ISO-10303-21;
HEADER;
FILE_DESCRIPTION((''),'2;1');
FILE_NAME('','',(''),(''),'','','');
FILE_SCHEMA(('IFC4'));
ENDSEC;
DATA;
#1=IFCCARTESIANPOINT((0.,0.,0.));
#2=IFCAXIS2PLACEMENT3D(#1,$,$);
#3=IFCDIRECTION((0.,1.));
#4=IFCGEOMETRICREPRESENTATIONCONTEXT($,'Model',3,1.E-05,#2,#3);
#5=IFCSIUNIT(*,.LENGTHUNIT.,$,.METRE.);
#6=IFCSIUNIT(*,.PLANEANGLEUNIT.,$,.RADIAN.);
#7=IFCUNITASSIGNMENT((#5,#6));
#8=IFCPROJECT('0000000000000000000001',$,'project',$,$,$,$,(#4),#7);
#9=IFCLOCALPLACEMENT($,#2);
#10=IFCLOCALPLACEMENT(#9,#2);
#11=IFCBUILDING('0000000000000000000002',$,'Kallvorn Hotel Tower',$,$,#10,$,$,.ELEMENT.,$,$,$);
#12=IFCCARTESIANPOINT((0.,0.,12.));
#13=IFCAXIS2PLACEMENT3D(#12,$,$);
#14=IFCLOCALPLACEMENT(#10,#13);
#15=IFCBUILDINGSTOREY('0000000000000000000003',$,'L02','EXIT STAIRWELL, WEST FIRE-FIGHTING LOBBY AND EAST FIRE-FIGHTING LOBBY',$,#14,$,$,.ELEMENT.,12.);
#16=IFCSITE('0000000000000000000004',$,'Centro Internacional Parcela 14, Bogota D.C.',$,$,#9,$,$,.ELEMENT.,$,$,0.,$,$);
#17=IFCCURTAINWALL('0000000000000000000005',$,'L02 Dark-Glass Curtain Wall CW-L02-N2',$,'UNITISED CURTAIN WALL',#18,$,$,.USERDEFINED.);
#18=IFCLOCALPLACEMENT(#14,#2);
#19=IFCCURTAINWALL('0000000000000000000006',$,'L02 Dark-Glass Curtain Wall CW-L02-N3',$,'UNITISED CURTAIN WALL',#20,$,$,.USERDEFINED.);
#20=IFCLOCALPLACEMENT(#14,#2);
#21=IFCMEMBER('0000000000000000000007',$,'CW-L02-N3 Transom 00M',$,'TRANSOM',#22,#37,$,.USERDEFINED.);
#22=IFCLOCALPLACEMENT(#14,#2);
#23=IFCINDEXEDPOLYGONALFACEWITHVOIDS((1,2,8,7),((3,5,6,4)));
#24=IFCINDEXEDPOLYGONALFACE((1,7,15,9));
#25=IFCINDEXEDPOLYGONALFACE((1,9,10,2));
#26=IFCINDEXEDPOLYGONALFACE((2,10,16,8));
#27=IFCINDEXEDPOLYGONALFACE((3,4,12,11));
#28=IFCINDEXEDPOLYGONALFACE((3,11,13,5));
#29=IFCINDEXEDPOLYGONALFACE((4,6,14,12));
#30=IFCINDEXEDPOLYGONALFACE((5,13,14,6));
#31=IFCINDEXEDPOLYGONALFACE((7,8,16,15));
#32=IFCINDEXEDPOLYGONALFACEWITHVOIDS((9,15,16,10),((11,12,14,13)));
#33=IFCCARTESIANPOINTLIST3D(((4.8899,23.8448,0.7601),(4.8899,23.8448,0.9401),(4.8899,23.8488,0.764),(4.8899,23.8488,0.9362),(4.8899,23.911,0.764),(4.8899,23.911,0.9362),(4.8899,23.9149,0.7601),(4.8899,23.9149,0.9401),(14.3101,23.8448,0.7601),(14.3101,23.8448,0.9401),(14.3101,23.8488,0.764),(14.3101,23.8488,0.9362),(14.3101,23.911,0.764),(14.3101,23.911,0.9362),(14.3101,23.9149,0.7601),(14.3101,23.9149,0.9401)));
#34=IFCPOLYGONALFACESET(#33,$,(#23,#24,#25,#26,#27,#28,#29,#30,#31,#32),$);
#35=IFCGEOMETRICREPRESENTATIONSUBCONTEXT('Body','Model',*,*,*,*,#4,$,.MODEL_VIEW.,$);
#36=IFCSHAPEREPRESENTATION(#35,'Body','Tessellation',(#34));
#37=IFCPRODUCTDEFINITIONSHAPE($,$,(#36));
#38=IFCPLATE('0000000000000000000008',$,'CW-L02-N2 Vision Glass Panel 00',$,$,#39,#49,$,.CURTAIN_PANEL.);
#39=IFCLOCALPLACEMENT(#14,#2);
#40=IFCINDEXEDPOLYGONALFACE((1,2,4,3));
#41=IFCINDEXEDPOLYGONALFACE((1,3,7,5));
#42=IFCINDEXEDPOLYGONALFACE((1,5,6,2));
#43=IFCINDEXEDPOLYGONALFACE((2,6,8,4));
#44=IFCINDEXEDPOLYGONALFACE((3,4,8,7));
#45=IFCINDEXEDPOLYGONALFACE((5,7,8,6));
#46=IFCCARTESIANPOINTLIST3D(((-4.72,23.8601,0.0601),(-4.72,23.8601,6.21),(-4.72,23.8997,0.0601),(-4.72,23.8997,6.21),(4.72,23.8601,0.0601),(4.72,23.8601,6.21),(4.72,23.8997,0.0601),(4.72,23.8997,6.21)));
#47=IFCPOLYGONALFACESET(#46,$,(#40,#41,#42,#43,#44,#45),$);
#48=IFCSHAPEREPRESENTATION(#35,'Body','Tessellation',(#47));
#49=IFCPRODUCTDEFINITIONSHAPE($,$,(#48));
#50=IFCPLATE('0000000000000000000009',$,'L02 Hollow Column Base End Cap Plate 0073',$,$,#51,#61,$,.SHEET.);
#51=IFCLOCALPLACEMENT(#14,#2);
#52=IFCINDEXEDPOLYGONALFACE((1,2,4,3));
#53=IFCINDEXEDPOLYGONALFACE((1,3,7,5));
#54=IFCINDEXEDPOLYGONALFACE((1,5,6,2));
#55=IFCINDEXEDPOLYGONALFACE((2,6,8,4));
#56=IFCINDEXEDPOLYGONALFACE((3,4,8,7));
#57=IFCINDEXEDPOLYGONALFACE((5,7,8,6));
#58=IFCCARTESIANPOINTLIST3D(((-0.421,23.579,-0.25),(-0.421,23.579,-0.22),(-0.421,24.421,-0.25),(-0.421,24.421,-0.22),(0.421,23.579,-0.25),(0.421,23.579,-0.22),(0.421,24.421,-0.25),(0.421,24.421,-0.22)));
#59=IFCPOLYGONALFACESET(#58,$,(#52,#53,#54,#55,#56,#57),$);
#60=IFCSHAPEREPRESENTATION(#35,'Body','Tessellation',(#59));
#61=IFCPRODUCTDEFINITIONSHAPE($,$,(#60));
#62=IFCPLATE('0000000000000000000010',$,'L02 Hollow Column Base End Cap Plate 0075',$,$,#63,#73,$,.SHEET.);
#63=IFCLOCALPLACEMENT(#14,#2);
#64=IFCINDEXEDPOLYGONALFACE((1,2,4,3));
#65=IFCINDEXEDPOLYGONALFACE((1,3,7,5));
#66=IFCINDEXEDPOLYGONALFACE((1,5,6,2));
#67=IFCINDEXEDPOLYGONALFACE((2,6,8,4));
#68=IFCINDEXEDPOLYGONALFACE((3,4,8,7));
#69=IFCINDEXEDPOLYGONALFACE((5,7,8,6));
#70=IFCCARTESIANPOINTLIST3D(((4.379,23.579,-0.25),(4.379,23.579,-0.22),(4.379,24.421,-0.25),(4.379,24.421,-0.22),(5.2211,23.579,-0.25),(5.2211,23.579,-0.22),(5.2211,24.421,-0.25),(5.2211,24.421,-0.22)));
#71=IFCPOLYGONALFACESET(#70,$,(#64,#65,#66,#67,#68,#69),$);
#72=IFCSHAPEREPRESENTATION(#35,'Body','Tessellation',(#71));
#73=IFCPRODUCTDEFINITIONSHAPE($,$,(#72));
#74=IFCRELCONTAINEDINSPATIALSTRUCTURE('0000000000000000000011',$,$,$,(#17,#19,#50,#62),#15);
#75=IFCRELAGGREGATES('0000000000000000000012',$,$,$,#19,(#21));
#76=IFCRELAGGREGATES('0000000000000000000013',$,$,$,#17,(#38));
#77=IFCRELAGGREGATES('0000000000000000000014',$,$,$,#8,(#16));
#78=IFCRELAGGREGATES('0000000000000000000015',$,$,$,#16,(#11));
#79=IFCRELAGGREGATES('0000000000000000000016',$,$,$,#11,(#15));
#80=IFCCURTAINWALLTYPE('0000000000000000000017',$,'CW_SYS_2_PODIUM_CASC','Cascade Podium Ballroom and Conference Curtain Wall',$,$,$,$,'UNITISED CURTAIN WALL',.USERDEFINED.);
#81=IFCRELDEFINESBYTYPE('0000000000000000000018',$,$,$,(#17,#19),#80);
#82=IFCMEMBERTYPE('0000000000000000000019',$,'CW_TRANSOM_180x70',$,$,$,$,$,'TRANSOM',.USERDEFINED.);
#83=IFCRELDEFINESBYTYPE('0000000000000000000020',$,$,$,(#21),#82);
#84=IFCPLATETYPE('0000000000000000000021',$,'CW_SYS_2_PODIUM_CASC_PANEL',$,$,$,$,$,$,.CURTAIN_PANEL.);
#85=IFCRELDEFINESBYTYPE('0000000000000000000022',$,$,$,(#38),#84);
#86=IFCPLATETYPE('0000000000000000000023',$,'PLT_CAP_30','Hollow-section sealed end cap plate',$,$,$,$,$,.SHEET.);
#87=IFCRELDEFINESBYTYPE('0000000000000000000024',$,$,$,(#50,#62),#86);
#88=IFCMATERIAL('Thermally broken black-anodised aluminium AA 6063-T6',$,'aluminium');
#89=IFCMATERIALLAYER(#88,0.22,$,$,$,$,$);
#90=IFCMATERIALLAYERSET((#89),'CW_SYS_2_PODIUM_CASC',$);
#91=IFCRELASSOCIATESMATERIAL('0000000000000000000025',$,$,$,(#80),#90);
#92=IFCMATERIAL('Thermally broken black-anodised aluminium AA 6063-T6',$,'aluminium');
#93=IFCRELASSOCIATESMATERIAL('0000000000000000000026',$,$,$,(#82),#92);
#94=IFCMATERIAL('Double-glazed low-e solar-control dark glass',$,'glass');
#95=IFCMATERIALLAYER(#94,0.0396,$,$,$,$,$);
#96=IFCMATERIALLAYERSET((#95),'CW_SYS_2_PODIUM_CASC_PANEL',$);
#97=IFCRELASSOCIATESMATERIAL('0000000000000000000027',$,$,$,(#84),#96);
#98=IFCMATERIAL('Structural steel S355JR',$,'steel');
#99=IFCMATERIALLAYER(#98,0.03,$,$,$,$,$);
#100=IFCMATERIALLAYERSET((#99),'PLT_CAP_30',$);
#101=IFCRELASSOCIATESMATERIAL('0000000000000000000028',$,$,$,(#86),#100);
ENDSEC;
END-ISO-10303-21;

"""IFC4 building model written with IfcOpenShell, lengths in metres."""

from ifc_helpers import new_model, si_unit, direction, frame, origin, origin_2d, place, context, subcontext, project, spatial, rectangle, hollow_rectangle, extrude, material, layer, layer_set, material_profile, profile_set, type_object, element, aggregate, save


model = new_model("IFC4")

# Units and contexts
model_context = context("Model", 3, precision=1e-05, world=origin(), true_north=direction((0.0, 1.0)))
body_context = subcontext(model_context, "Body", "Model", "MODEL_VIEW")
ifc_project = project(units=[si_unit("LENGTHUNIT", "METRE"), si_unit("PLANEANGLEUNIT", "RADIAN")], contexts=[model_context])

# Site, building, storey
site_placement = place(None, origin())
site = spatial("IfcSite", under=ifc_project, at=site_placement, Name="Centro Internacional Parcela 14, Bogota D.C.", CompositionType="ELEMENT", RefElevation=0.0)
building_placement = place(site_placement, origin())
building = spatial("IfcBuilding", under=site, at=building_placement, Name="Kallvorn Hotel Tower", CompositionType="ELEMENT")
storey_placement = place(building_placement, frame((0.0, 0.0, 12.0)))
storey = spatial("IfcBuildingStorey", under=building, at=storey_placement, Name="L02", Description="EXIT STAIRWELL, WEST FIRE-FIGHTING LOBBY AND EAST FIRE-FIGHTING LOBBY", CompositionType="ELEMENT", Elevation=12.0)

# Curtain wall
ifc_material_1 = material(Name="Thermally broken black-anodised aluminium AA 6063-T6", Category="aluminium")
ifc_layer_1 = layer(ifc_material_1, 0.22)
ifc_layer_set_1 = layer_set([ifc_layer_1], Name="CW_SYS_2_PODIUM_CASC")
curtain_wall_type = type_object("IfcCurtainWallType", Name="CW_SYS_2_PODIUM_CASC", Description="Cascade Podium Ballroom and Conference Curtain Wall", ElementType="UNITISED CURTAIN WALL", PredefinedType="USERDEFINED", material=ifc_layer_set_1)
curtain_wall_1_placement = place(storey_placement, origin())
curtain_wall_1 = element("IfcCurtainWall", 1, at=curtain_wall_1_placement, inside=storey, type_object=curtain_wall_type, Name="L02 Dark-Glass Curtain Wall CW-L02-N2", ObjectType="UNITISED CURTAIN WALL", PredefinedType="USERDEFINED")

# Curtain wall, member
curtain_wall_2_placement = place(storey_placement, origin())
curtain_wall_2 = element("IfcCurtainWall", 2, at=curtain_wall_2_placement, inside=storey, type_object=curtain_wall_type, Name="L02 Dark-Glass Curtain Wall CW-L02-N3", ObjectType="UNITISED CURTAIN WALL", PredefinedType="USERDEFINED")
ifc_material_2 = material(Name="Thermally broken black-anodised aluminium AA 6063-T6", Category="aluminium")
ifc_material_profile_1 = material_profile(ifc_material_2, hollow_rectangle(XDim=0.0701, YDim=0.1799, WallThickness=0.0039, at=origin_2d()), Name="TRN 180x70")
ifc_profile_set_1 = profile_set([ifc_material_profile_1], Name="Thermally broken black-anodised aluminium AA 6063-T6")
member_type_1 = type_object("IfcMemberType", Name="CW_TRANSOM_180x70", ElementType="TRANSOM", PredefinedType="USERDEFINED", material=ifc_profile_set_1)
member_1_placement = place(storey_placement, frame((4.8899, 23.8799, 0.8501), z_axis=(1.0, 0.0, 0.0), x_axis=(0.0, 1.0, 0.0)))
member_1 = element("IfcMember", 3, at=member_1_placement, type_object=member_type_1, Name="CW-L02-N3 Transom 00M", ObjectType="TRANSOM", PredefinedType="USERDEFINED", context=body_context, shape_type="SweptSolid", body=[
    extrude(hollow_rectangle(XDim=0.0701, YDim=0.1799, WallThickness=0.0039, at=origin_2d()), origin(), (0.0, 0.0, 1.0), 9.4202),
])
aggregate(curtain_wall_2, [member_1])

# Plate
ifc_material_3 = material(Name="Double-glazed low-e solar-control dark glass", Category="glass")
ifc_layer_2 = layer(ifc_material_3, 0.0396)
ifc_layer_set_2 = layer_set([ifc_layer_2], Name="CW_SYS_2_PODIUM_CASC_PANEL")
plate_type_1 = type_object("IfcPlateType", Name="CW_SYS_2_PODIUM_CASC_PANEL", PredefinedType="CURTAIN_PANEL", material=ifc_layer_set_2)
plate_placement = place(storey_placement, frame((0.0, 23.8799, 0.0601), z_axis=(0.0, 0.0, 1.0), x_axis=(1.0, 0.0, 0.0)))
plate = element("IfcPlate", 4, at=plate_placement, type_object=plate_type_1, Name="CW-L02-N2 Vision Glass Panel 00", PredefinedType="CURTAIN_PANEL", context=body_context, shape_type="SweptSolid", body=[
    extrude(rectangle(XDim=9.4399, YDim=0.0396, at=origin_2d()), origin(), (0.0, 0.0, 1.0), 6.1499),
])
aggregate(curtain_wall_1, [plate])

# Plates
ifc_material_4 = material(Name="Structural steel S355JR", Category="steel")
ifc_layer_3 = layer(ifc_material_4, 0.03)
ifc_layer_set_3 = layer_set([ifc_layer_3], Name="PLT_CAP_30")
plate_type_2 = type_object("IfcPlateType", Name="PLT_CAP_30", Description="Hollow-section sealed end cap plate", PredefinedType="SHEET", material=ifc_layer_set_3)
for number, where, z_axis, x_axis, name in (
    (5, (0.0, 24.0, -0.25), (0.0, 0.0, 1.0), (1.0, 0.0, 0.0), "L02 Hollow Column Base End Cap Plate 0073"),
    (6, (4.8, 24.0, -0.25), (0.0, 0.0, 1.0), (1.0, 0.0, 0.0), "L02 Hollow Column Base End Cap Plate 0075"),
):
    element("IfcPlate", number, at=place(storey_placement, frame(where, z_axis=z_axis, x_axis=x_axis)), inside=storey, type_object=plate_type_2, Name=name, PredefinedType="SHEET", context=body_context, shape_type="SweptSolid", body=[
        extrude(rectangle(XDim=0.842, YDim=0.842, at=origin_2d()), origin(), (0.0, 0.0, 1.0), 0.03),
    ])

save(model, "model.ifc")
